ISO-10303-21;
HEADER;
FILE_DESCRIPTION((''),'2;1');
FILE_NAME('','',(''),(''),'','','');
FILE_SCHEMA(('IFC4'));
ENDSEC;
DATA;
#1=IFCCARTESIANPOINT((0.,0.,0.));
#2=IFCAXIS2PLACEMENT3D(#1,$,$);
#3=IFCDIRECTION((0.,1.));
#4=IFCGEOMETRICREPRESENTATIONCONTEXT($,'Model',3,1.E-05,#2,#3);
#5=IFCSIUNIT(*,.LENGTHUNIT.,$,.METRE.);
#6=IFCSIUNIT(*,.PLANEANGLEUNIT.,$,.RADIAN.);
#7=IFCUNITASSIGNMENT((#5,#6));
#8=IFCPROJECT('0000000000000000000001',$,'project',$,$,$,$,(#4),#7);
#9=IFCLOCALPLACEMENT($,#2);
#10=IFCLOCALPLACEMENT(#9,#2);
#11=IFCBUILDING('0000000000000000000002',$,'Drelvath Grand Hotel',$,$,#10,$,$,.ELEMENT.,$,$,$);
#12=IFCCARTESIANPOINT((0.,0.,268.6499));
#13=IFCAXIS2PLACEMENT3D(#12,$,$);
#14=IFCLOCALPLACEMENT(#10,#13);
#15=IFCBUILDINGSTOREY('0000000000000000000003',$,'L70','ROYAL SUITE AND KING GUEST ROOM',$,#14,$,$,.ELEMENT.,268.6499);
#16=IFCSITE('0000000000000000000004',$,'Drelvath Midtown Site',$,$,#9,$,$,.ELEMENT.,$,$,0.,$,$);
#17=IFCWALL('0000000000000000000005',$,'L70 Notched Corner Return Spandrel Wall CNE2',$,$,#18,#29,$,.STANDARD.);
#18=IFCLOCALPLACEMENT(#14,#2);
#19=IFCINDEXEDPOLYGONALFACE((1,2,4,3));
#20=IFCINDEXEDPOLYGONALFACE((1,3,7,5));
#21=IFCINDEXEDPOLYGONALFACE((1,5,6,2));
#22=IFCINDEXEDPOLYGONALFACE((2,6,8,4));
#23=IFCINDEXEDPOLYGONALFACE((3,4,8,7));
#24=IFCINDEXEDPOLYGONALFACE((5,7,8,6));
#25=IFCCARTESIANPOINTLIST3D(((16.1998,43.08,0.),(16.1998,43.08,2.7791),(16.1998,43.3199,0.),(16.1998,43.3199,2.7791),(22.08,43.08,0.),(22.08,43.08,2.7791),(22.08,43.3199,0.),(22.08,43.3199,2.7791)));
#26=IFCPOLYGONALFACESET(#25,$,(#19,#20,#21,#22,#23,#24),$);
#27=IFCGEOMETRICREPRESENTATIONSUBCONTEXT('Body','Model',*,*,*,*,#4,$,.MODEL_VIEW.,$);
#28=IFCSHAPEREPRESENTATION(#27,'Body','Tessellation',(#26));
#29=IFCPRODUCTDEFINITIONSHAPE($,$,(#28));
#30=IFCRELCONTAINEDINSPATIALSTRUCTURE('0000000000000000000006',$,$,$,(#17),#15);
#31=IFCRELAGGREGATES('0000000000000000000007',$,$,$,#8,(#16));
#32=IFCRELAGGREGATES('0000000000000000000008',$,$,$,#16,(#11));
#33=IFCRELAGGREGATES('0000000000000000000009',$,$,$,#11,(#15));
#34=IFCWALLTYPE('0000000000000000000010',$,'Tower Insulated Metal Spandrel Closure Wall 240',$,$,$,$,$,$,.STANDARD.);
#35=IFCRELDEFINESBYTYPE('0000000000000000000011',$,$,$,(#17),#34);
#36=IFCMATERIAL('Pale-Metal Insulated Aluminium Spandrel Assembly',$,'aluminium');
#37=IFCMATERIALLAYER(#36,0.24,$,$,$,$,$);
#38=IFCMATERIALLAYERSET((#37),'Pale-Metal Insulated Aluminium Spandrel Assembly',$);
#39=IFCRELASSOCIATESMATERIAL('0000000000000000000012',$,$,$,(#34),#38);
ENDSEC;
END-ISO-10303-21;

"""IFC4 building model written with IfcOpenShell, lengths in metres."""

from ifc_helpers import new_model, si_unit, direction, frame, frame_2d, origin, place, context, subcontext, project, spatial, rectangle, extrude, material, layer, layer_set, type_object, element, save


model = new_model("IFC4")

# Units and contexts
model_context = context("Model", 3, precision=1e-05, world=origin(), true_north=direction((0.0, 1.0)))
body_context = subcontext(model_context, "Body", "Model", "MODEL_VIEW")
ifc_project = project(units=[si_unit("LENGTHUNIT", "METRE"), si_unit("PLANEANGLEUNIT", "RADIAN")], contexts=[model_context])

# Site, building, storey
site_placement = place(None, origin())
site = spatial("IfcSite", under=ifc_project, at=site_placement, Name="Drelvath Midtown Site", CompositionType="ELEMENT", RefElevation=0.0)
building_placement = place(site_placement, origin())
building = spatial("IfcBuilding", under=site, at=building_placement, Name="Drelvath Grand Hotel", CompositionType="ELEMENT")
storey_placement = place(building_placement, frame((0.0, 0.0, 268.6499)))
storey = spatial("IfcBuildingStorey", under=building, at=storey_placement, Name="L70", Description="ROYAL SUITE AND KING GUEST ROOM", CompositionType="ELEMENT", Elevation=268.6499)

# Shared definitions
ifc_material_1 = material(Name="Pale-Metal Insulated Aluminium Spandrel Assembly", Category="aluminium")
ifc_layer_1 = layer(ifc_material_1, 0.24)
ifc_layer_set_1 = layer_set([ifc_layer_1], Name="Pale-Metal Insulated Aluminium Spandrel Assembly")
wall_type_1 = type_object("IfcWallType", Name="Tower Insulated Metal Spandrel Closure Wall 240", PredefinedType="STANDARD", material=ifc_layer_set_1)

# Wall
for number, where, z_axis, x_axis, name in (
    (1, (16.2, 43.2, 0.0), (0.0, 0.0, 1.0), (1.0, 0.0, 0.0), "L70 Notched Corner Return Spandrel Wall CNE2"),
):
    element("IfcWall", number, at=place(storey_placement, frame(where, z_axis=z_axis, x_axis=x_axis)), inside=storey, type_object=wall_type_1, Name=name, PredefinedType="STANDARD", context=body_context, shape_type="SweptSolid", body=[
        extrude(rectangle(XDim=5.8801, YDim=0.24, at=frame_2d((2.9399, 0.0))), origin(), (0.0, 0.0, 1.0), 2.7791),
    ])

save(model, "model.ifc")
